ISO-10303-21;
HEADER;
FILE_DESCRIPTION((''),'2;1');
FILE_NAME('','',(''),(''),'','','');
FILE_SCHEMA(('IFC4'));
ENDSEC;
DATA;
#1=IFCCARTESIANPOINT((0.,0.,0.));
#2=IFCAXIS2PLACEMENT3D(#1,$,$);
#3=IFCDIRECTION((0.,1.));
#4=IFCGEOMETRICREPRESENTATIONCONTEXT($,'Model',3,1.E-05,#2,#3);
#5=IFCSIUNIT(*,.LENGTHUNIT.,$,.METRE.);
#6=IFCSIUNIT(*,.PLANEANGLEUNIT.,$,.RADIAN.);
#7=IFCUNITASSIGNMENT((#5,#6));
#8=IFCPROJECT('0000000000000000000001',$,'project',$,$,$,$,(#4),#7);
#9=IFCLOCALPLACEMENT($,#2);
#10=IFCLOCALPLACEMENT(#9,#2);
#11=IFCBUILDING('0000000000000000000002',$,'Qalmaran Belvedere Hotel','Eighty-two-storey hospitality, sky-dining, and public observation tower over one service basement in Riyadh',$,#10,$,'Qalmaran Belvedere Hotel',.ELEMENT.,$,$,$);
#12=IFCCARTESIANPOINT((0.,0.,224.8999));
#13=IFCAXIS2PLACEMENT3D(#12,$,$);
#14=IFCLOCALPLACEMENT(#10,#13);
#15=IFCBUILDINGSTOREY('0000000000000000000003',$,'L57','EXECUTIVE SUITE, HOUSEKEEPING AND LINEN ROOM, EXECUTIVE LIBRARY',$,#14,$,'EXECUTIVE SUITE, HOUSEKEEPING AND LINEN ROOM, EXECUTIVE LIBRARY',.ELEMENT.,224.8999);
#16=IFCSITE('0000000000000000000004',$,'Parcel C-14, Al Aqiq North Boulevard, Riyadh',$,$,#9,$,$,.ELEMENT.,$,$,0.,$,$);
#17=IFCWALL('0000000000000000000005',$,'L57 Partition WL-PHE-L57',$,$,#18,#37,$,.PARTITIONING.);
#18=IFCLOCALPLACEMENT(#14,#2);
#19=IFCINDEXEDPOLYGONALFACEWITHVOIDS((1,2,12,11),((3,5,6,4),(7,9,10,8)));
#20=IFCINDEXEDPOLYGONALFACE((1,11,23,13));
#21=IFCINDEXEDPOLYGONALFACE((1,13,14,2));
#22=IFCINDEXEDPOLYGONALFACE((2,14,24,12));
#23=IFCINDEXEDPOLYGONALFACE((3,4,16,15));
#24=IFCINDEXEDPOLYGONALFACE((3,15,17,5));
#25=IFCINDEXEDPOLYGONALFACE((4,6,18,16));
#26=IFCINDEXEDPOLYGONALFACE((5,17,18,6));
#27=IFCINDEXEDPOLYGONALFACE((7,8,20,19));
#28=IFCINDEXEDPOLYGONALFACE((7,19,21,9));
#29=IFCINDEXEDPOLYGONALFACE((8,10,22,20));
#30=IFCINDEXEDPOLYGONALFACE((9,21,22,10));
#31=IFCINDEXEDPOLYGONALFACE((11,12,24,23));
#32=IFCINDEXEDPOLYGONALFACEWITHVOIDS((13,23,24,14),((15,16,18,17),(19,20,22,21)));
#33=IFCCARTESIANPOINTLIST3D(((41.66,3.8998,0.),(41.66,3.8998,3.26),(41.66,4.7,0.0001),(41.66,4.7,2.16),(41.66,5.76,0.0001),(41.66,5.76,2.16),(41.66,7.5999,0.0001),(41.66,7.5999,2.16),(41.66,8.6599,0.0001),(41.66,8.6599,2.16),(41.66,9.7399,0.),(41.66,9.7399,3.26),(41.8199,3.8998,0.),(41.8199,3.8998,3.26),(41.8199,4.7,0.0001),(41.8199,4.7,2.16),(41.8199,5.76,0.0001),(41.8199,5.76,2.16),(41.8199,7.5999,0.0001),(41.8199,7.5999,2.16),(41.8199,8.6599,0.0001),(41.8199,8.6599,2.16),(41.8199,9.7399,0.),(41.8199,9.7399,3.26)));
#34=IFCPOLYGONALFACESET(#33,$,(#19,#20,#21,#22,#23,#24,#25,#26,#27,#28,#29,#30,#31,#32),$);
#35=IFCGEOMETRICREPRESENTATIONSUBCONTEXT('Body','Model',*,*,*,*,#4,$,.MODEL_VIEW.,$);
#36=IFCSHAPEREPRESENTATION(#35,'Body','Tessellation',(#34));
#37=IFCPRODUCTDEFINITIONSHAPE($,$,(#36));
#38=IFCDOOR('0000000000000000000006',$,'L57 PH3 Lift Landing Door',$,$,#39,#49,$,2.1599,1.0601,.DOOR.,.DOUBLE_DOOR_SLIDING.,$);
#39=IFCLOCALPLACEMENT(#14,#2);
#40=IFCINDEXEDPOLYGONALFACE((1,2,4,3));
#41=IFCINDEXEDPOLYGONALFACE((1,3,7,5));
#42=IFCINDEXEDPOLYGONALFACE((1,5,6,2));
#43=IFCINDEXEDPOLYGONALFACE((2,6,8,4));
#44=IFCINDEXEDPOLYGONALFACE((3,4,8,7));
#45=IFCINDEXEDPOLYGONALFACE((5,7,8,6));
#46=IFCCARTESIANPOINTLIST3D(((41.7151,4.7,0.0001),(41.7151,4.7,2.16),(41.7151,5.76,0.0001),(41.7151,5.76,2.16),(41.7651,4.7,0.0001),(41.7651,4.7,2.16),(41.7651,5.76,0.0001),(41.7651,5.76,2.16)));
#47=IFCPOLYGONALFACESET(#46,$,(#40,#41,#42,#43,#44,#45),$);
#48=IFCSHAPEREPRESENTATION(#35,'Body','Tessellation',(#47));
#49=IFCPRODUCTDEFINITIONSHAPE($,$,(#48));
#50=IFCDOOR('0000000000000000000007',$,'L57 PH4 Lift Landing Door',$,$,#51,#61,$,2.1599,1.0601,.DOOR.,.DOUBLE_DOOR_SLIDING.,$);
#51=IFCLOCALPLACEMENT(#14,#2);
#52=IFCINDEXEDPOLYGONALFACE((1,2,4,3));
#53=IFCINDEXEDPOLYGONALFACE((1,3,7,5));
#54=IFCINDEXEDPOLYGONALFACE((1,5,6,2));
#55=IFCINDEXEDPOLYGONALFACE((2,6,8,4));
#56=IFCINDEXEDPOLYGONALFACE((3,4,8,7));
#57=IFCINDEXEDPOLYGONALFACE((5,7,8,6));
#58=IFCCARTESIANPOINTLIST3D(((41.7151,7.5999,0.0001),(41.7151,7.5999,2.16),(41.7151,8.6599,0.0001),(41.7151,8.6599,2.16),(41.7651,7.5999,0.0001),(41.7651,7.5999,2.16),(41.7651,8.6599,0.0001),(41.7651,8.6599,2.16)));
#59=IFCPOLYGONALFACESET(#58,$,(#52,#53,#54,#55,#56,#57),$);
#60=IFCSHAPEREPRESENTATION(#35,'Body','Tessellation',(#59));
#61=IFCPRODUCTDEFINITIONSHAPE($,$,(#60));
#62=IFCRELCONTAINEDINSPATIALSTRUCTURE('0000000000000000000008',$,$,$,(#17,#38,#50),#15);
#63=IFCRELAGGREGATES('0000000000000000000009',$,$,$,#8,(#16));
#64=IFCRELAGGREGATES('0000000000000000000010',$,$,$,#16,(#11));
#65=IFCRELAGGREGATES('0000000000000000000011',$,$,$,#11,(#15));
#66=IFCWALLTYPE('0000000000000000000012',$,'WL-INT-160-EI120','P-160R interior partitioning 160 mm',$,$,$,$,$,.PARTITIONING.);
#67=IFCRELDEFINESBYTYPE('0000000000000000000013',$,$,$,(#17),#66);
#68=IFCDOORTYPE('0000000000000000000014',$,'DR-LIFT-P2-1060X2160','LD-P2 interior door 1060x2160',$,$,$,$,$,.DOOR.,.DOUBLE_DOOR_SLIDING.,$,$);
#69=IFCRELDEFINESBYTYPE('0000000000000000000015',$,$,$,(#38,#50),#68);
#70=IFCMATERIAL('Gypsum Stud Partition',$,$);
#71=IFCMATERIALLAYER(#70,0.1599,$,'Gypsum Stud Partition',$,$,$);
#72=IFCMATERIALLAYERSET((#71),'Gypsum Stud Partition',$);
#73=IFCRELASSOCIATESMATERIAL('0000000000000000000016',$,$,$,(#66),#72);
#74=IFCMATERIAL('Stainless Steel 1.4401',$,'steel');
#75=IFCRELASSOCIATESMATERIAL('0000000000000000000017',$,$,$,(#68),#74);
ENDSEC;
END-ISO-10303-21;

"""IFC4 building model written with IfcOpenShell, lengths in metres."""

from ifc_helpers import new_model, si_unit, direction, frame, frame_2d, origin, place, context, subcontext, project, spatial, rectangle, extrude, material, layer, layer_set, type_object, element, fill, save


model = new_model("IFC4")

# Units and contexts
model_context = context("Model", 3, precision=1e-05, world=origin(), true_north=direction((0.0, 1.0)))
body_context = subcontext(model_context, "Body", "Model", "MODEL_VIEW")
ifc_project = project(units=[si_unit("LENGTHUNIT", "METRE"), si_unit("PLANEANGLEUNIT", "RADIAN")], contexts=[model_context])

# Site, building, storey
site_placement = place(None, origin())
site = spatial("IfcSite", under=ifc_project, at=site_placement, Name="Parcel C-14, Al Aqiq North Boulevard, Riyadh", CompositionType="ELEMENT", RefElevation=0.0)
building_placement = place(site_placement, origin())
building = spatial("IfcBuilding", under=site, at=building_placement, Name="Qalmaran Belvedere Hotel", Description="Eighty-two-storey hospitality, sky-dining, and public observation tower over one service basement in Riyadh", LongName="Qalmaran Belvedere Hotel", CompositionType="ELEMENT")
storey_placement = place(building_placement, frame((0.0, 0.0, 224.8999)))
storey = spatial("IfcBuildingStorey", under=building, at=storey_placement, Name="L57", Description="EXECUTIVE SUITE, HOUSEKEEPING AND LINEN ROOM, EXECUTIVE LIBRARY", LongName="EXECUTIVE SUITE, HOUSEKEEPING AND LINEN ROOM, EXECUTIVE LIBRARY", CompositionType="ELEMENT", Elevation=224.8999)

# Shared definitions
ifc_material_1 = material(Name="Gypsum Stud Partition")

# Wall, openings, doors
ifc_layer_1 = layer(ifc_material_1, 0.1599, Name="Gypsum Stud Partition")
ifc_layer_set_1 = layer_set([ifc_layer_1], Name="Gypsum Stud Partition")
wall_type_1 = type_object("IfcWallType", Name="WL-INT-160-EI120", Description="P-160R interior partitioning 160 mm", PredefinedType="PARTITIONING", material=ifc_layer_set_1)
wall_1_placement = place(storey_placement, frame((41.74, 3.8999, 0.0), z_axis=(0.0, 0.0, 1.0), x_axis=(0.0, 1.0, 0.0)))
wall_1 = element("IfcWall", 1, at=wall_1_placement, inside=storey, type_object=wall_type_1, Name="L57 Partition WL-PHE-L57", PredefinedType="PARTITIONING", context=body_context, shape_type="SweptSolid", body=[
    extrude(rectangle(XDim=5.8401, YDim=0.1599, at=frame_2d((2.9199, 0.0))), origin(), (0.0, 0.0, 1.0), 3.26),
])
opening_1_placement = place(wall_1_placement, frame((0.8, 0.0, 0.0)))
opening_1 = element("IfcOpeningElement", 2, at=opening_1_placement, cuts=wall_1, PredefinedType="OPENING", context=body_context, shape_type="SweptSolid", body=[
    extrude(rectangle(XDim=1.0601, YDim=2.1599, at=frame_2d((0.53, 1.0801))), frame((0.0, 0.0898, 0.0), z_axis=(0.0, -1.0, 0.0), x_axis=(1.0, 0.0, 0.0)), (0.0, 0.0, 1.0), 0.1799),
])
opening_2_placement = place(wall_1_placement, frame((3.7, 0.0, 0.0)))
opening_2 = element("IfcOpeningElement", 3, at=opening_2_placement, cuts=wall_1, PredefinedType="OPENING", context=body_context, shape_type="SweptSolid", body=[
    extrude(rectangle(XDim=1.0601, YDim=2.1599, at=frame_2d((0.53, 1.0801))), frame((0.0, 0.0898, 0.0), z_axis=(0.0, -1.0, 0.0), x_axis=(1.0, 0.0, 0.0)), (0.0, 0.0, 1.0), 0.1799),
])
ifc_material_2 = material(Name="Stainless Steel 1.4401", Category="steel")
door_type = type_object("IfcDoorType", Name="DR-LIFT-P2-1060X2160", Description="LD-P2 interior door 1060x2160", OperationType="DOUBLE_DOOR_SLIDING", PredefinedType="DOOR", material=ifc_material_2)
door_1_placement = place(opening_1_placement, origin())
door_1 = element("IfcDoor", 4, at=door_1_placement, inside=storey, type_object=door_type, Name="L57 PH3 Lift Landing Door", OperationType="DOUBLE_DOOR_SLIDING", OverallHeight=2.1599, OverallWidth=1.0601, PredefinedType="DOOR", context=body_context, shape_type="SweptSolid", body=[
    extrude(rectangle(XDim=1.0601, YDim=2.1599, at=frame_2d((0.53, 1.0801))), frame((0.0, 0.0249, 0.0), z_axis=(0.0, -1.0, 0.0), x_axis=(1.0, 0.0, 0.0)), (0.0, 0.0, 1.0), 0.05),
])
fill(opening_1, door_1)
door_2_placement = place(opening_2_placement, origin())
door_2 = element("IfcDoor", 5, at=door_2_placement, inside=storey, type_object=door_type, Name="L57 PH4 Lift Landing Door", OperationType="DOUBLE_DOOR_SLIDING", OverallHeight=2.1599, OverallWidth=1.0601, PredefinedType="DOOR", context=body_context, shape_type="SweptSolid", body=[
    extrude(rectangle(XDim=1.0601, YDim=2.1599, at=frame_2d((0.53, 1.0801))), frame((0.0, 0.0249, 0.0), z_axis=(0.0, -1.0, 0.0), x_axis=(1.0, 0.0, 0.0)), (0.0, 0.0, 1.0), 0.05),
])
fill(opening_2, door_2)

save(model, "model.ifc")
